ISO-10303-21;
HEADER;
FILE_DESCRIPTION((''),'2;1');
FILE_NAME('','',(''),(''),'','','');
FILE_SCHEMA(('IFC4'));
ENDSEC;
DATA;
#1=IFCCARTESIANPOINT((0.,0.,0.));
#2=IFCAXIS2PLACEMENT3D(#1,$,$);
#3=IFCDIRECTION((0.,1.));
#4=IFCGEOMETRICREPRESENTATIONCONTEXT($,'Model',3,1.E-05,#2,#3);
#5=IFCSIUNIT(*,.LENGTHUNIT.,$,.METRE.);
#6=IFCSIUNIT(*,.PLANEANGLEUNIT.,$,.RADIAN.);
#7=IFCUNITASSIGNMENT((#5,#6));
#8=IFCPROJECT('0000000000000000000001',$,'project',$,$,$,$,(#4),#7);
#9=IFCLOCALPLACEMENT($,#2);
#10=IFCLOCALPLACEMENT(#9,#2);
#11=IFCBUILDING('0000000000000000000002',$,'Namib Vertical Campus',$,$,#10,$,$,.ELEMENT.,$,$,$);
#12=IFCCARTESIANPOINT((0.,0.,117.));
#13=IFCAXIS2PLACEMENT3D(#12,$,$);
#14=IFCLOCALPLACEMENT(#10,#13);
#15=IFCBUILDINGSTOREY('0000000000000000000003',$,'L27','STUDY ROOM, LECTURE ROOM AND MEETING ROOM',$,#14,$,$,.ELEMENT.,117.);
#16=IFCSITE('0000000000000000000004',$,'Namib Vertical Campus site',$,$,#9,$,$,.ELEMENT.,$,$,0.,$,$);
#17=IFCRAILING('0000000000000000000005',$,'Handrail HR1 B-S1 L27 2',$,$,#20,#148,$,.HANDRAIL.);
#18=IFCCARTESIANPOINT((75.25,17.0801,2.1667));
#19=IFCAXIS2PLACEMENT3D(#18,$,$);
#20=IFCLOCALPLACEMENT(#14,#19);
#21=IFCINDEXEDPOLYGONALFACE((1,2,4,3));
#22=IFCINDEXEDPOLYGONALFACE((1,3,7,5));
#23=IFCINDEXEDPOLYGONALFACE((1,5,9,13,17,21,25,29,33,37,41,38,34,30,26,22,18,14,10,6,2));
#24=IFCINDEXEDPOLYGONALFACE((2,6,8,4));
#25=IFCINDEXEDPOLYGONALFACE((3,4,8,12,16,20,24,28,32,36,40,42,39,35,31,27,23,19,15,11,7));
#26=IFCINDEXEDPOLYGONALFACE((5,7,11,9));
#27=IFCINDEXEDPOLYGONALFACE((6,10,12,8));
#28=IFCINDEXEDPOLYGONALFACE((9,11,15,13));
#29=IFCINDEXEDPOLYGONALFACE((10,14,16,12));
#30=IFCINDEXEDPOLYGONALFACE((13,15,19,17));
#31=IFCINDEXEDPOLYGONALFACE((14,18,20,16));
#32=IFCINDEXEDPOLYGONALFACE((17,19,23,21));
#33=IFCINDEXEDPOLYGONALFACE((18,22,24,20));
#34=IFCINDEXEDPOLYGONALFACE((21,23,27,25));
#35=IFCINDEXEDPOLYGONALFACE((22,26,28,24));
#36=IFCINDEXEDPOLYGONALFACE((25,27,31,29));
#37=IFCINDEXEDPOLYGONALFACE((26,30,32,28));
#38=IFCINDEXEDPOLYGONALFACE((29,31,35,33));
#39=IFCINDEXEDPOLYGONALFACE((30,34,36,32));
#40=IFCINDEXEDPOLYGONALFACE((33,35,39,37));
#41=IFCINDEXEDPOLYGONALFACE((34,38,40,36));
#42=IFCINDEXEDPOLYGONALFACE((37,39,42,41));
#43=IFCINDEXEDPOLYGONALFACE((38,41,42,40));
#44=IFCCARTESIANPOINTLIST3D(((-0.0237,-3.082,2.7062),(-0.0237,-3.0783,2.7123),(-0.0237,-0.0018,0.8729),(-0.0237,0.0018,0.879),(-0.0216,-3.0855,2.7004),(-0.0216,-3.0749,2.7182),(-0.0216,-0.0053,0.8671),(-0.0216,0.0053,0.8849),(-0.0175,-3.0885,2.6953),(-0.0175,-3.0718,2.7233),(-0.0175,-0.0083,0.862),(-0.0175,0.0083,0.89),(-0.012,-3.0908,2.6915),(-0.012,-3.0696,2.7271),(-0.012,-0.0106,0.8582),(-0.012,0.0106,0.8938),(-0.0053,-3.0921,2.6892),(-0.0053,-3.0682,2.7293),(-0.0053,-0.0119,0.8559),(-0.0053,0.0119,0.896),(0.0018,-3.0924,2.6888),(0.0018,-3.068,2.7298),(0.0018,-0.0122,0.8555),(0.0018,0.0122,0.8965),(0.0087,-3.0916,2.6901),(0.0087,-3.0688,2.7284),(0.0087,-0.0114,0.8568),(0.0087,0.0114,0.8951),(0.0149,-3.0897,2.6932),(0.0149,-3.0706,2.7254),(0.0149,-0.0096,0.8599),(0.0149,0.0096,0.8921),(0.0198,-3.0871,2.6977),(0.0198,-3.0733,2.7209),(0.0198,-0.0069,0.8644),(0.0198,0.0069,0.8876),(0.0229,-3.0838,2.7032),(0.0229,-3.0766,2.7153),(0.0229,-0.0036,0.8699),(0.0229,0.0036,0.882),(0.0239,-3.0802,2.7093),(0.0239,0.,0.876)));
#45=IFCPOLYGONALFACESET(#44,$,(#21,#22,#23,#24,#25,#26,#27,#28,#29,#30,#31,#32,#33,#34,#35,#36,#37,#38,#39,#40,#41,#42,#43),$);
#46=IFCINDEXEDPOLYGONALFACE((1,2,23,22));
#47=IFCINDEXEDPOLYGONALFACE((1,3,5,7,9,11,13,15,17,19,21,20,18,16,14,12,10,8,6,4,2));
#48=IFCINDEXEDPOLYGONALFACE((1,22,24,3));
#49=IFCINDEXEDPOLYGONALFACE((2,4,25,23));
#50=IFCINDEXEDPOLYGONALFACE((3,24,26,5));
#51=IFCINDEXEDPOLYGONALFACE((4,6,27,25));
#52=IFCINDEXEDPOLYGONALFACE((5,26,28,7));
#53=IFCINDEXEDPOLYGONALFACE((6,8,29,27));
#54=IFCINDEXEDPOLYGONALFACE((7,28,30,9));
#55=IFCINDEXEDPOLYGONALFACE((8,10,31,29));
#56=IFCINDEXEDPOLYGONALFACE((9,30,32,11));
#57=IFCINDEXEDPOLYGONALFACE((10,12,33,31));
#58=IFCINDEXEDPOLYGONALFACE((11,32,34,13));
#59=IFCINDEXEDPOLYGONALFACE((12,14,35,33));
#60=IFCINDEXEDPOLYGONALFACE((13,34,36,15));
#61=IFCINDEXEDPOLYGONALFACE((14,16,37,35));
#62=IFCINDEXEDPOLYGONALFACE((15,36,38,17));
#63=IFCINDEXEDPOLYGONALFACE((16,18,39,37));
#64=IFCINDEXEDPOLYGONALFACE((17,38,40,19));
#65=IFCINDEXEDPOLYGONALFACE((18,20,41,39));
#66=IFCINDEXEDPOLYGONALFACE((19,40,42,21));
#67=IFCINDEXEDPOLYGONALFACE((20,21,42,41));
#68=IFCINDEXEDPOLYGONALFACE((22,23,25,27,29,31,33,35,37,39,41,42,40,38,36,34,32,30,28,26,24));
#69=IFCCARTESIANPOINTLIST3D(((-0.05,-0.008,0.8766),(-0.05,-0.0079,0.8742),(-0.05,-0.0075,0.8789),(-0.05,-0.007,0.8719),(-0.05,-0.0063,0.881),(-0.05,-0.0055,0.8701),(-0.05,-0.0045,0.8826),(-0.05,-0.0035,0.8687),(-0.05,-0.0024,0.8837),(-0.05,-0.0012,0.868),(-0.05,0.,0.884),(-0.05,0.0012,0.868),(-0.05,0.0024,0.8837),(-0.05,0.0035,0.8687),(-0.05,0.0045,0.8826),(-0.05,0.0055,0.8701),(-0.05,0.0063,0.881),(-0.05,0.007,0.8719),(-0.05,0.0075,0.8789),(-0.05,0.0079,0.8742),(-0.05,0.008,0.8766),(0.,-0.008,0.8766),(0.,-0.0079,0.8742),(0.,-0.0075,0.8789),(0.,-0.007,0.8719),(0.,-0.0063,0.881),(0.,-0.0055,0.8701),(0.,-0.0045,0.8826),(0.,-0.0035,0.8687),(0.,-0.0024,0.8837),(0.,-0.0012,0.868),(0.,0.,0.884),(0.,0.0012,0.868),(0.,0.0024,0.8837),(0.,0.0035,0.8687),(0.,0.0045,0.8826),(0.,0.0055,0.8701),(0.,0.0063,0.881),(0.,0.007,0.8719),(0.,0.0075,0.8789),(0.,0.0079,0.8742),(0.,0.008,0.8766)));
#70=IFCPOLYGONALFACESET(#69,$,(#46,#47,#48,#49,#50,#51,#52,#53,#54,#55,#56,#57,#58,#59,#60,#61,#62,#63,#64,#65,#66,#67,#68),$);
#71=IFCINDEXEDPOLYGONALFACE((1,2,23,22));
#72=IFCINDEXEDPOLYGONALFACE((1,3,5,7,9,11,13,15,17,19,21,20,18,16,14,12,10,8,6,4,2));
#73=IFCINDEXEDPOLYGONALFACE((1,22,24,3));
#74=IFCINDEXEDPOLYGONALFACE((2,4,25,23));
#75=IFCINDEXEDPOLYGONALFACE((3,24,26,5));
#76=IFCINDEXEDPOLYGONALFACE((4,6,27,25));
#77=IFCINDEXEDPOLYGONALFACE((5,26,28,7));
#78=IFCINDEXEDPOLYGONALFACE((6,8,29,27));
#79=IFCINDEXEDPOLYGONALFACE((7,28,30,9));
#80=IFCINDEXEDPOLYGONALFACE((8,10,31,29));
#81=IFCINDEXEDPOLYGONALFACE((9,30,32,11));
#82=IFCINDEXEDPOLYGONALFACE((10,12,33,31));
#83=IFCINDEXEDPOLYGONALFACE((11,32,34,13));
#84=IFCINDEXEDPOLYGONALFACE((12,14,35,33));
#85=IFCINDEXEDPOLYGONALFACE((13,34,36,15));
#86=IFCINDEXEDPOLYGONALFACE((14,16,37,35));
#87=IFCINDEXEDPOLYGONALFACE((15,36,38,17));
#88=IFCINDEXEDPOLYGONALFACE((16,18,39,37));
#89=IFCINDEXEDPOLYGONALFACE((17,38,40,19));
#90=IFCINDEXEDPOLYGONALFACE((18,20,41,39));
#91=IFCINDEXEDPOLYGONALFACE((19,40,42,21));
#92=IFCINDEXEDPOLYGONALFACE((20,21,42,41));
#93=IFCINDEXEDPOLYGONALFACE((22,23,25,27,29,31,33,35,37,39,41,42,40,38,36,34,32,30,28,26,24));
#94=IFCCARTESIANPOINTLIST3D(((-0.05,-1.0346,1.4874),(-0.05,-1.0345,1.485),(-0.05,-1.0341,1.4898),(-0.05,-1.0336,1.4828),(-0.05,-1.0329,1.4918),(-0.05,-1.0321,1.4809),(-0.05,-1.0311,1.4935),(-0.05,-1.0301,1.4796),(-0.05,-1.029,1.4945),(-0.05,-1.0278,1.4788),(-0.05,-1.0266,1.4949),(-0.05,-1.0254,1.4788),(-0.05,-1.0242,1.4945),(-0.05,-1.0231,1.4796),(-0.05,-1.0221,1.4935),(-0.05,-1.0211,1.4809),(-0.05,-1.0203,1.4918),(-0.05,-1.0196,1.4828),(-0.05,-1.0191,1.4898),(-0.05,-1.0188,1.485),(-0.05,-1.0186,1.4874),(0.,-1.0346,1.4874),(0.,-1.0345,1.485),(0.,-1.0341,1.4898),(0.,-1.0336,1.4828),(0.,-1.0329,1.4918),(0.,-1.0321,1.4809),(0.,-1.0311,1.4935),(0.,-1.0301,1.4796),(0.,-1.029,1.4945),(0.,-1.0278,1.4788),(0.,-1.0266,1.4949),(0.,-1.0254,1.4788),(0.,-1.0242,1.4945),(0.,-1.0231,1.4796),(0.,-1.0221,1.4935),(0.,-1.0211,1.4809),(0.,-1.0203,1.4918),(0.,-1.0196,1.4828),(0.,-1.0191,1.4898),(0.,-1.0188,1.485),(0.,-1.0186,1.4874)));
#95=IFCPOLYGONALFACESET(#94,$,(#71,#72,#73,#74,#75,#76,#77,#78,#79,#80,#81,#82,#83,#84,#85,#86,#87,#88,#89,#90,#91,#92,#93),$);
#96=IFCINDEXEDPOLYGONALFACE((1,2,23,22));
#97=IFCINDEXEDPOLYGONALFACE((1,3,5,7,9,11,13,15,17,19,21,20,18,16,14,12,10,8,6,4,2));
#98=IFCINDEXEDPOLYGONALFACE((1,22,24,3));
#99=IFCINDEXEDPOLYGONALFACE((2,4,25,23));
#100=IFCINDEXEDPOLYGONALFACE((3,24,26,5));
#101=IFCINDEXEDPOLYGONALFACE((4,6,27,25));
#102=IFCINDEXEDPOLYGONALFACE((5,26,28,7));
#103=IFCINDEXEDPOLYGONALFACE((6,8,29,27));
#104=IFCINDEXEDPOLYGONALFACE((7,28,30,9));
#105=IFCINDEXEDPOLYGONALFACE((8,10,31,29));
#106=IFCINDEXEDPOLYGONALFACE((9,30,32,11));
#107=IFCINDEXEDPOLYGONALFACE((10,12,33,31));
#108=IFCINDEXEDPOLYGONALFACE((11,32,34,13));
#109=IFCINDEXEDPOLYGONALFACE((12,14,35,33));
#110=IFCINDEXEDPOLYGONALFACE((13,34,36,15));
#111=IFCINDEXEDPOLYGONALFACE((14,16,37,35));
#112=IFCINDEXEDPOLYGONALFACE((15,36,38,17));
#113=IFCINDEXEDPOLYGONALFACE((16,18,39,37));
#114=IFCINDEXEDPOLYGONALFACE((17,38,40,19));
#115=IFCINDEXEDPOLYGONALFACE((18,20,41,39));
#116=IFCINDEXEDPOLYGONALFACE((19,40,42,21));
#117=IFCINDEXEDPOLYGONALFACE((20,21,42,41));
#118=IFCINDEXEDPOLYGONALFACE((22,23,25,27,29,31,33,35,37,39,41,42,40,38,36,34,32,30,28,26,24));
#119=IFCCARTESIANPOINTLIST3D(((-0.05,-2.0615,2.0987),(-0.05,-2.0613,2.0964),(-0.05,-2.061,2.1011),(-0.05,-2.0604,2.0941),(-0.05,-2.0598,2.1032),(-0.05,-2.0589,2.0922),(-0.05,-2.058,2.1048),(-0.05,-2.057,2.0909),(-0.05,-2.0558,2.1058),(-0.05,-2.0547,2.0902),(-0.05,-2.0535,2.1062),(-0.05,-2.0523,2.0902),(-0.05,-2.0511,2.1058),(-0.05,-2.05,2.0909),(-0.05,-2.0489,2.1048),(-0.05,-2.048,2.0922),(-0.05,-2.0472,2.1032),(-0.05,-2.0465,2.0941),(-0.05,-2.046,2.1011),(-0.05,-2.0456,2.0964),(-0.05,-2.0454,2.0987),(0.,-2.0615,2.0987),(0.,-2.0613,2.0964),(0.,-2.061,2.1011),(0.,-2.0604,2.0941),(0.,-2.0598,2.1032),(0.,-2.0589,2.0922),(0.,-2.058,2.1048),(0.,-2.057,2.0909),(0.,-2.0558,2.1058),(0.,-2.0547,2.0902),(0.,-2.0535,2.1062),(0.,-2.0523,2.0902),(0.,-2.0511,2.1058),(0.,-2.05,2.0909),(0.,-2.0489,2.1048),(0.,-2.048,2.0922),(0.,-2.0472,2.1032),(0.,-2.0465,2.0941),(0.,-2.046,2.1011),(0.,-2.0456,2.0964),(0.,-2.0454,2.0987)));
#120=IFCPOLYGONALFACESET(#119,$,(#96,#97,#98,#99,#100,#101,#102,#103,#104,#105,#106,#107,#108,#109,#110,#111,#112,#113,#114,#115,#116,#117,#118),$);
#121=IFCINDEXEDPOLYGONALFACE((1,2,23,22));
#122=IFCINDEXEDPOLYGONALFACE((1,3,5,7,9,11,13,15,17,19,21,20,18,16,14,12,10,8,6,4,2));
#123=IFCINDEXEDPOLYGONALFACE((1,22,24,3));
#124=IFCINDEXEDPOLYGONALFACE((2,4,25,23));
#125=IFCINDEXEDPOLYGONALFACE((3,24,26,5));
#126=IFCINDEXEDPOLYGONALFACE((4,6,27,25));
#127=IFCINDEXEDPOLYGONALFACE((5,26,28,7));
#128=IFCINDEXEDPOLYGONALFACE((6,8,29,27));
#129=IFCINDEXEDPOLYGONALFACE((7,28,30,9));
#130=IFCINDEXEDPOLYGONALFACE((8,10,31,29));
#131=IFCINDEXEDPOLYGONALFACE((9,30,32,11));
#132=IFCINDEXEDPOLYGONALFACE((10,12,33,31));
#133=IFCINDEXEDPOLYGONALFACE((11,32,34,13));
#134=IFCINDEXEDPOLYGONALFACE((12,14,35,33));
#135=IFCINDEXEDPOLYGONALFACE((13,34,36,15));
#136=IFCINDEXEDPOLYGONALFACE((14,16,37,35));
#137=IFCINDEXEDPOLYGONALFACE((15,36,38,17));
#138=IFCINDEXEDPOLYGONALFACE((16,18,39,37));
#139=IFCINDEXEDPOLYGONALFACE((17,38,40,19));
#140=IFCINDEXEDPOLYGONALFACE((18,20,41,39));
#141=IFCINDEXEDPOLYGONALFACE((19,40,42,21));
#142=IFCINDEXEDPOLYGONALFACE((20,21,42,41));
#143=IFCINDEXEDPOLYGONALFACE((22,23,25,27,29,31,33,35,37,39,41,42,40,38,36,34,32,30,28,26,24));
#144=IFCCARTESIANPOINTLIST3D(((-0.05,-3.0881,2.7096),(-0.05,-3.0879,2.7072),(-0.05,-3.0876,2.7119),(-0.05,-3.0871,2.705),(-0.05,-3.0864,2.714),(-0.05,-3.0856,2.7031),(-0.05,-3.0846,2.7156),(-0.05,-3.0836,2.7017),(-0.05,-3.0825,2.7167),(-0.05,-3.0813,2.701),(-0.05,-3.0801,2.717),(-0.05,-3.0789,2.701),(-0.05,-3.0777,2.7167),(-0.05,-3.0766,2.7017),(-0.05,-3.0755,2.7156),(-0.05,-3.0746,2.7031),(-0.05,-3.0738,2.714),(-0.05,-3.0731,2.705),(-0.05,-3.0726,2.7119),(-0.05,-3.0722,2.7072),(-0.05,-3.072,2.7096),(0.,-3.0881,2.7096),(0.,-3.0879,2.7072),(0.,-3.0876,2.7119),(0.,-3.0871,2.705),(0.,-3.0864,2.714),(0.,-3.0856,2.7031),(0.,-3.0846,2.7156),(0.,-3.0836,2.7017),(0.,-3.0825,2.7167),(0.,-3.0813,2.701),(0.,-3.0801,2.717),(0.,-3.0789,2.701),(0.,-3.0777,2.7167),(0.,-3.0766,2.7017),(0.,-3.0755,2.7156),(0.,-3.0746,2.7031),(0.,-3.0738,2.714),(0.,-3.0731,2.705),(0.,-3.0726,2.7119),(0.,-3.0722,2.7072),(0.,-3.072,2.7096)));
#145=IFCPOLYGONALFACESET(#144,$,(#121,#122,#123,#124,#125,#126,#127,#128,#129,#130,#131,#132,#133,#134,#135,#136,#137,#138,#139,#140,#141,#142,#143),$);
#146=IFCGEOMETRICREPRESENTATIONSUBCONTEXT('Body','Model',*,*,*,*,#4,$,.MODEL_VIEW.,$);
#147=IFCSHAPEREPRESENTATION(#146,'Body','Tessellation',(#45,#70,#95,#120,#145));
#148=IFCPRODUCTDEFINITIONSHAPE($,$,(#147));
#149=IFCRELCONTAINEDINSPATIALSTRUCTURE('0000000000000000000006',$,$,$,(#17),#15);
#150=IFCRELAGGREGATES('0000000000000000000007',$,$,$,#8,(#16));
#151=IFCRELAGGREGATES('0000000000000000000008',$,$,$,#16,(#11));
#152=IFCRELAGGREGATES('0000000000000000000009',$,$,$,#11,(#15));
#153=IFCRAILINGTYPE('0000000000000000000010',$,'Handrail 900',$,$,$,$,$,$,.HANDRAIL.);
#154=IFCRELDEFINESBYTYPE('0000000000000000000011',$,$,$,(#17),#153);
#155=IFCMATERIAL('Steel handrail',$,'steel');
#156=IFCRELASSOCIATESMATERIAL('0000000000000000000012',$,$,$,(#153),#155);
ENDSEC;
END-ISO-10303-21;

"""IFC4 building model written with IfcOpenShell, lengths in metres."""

from ifc_helpers import new_model, si_unit, direction, frame, origin, origin_2d, place, context, subcontext, project, spatial, circle, extrude, material, type_object, element, save


model = new_model("IFC4")

# Units and contexts
model_context = context("Model", 3, precision=1e-05, world=origin(), true_north=direction((0.0, 1.0)))
body_context = subcontext(model_context, "Body", "Model", "MODEL_VIEW")
ifc_project = project(units=[si_unit("LENGTHUNIT", "METRE"), si_unit("PLANEANGLEUNIT", "RADIAN")], contexts=[model_context])

# Site, building, storey
site_placement = place(None, origin())
site = spatial("IfcSite", under=ifc_project, at=site_placement, Name="Namib Vertical Campus site", CompositionType="ELEMENT", RefElevation=0.0)
building_placement = place(site_placement, origin())
building = spatial("IfcBuilding", under=site, at=building_placement, Name="Namib Vertical Campus", CompositionType="ELEMENT")
storey_placement = place(building_placement, frame((0.0, 0.0, 117.0)))
storey = spatial("IfcBuildingStorey", under=building, at=storey_placement, Name="L27", Description="STUDY ROOM, LECTURE ROOM AND MEETING ROOM", CompositionType="ELEMENT", Elevation=117.0)

# Railing
ifc_material_1 = material(Name="Steel handrail", Category="steel")
railing_type_1 = type_object("IfcRailingType", Name="Handrail 900", PredefinedType="HANDRAIL", material=ifc_material_1)
railing_1_placement = place(storey_placement, frame((75.25, 17.0801, 2.1667)))
element("IfcRailing", 1, at=railing_1_placement, inside=storey, type_object=railing_type_1, Name="Handrail HR1 B-S1 L27 2", PredefinedType="HANDRAIL", context=body_context, shape_type="SweptSolid", body=[
    extrude(circle(Radius=0.0239, at=origin_2d()), frame((0.0, 0.0, 0.876), z_axis=(0.0, -0.859309, 0.511458), x_axis=(1.0, 0.0, 0.0)), (0.0, 0.0, 1.0), 3.5845),
    extrude(circle(Radius=0.0081, at=origin_2d()), frame((0.0, 0.0, 0.876), z_axis=(-1.0, 0.0, 0.0), x_axis=(0.0, 0.0, 1.0)), (0.0, 0.0, 1.0), 0.05),
    extrude(circle(Radius=0.0081, at=origin_2d()), frame((0.0, -1.0266, 1.4868), z_axis=(-1.0, 0.0, 0.0), x_axis=(0.0, 0.0, 1.0)), (0.0, 0.0, 1.0), 0.05),
    extrude(circle(Radius=0.0081, at=origin_2d()), frame((0.0, -2.0535, 2.0981), z_axis=(-1.0, 0.0, 0.0), x_axis=(0.0, 0.0, 1.0)), (0.0, 0.0, 1.0), 0.05),
    extrude(circle(Radius=0.0081, at=origin_2d()), frame((0.0, -3.0801, 2.709), z_axis=(-1.0, 0.0, 0.0), x_axis=(0.0, 0.0, 1.0)), (0.0, 0.0, 1.0), 0.05),
])

save(model, "model.ifc")
